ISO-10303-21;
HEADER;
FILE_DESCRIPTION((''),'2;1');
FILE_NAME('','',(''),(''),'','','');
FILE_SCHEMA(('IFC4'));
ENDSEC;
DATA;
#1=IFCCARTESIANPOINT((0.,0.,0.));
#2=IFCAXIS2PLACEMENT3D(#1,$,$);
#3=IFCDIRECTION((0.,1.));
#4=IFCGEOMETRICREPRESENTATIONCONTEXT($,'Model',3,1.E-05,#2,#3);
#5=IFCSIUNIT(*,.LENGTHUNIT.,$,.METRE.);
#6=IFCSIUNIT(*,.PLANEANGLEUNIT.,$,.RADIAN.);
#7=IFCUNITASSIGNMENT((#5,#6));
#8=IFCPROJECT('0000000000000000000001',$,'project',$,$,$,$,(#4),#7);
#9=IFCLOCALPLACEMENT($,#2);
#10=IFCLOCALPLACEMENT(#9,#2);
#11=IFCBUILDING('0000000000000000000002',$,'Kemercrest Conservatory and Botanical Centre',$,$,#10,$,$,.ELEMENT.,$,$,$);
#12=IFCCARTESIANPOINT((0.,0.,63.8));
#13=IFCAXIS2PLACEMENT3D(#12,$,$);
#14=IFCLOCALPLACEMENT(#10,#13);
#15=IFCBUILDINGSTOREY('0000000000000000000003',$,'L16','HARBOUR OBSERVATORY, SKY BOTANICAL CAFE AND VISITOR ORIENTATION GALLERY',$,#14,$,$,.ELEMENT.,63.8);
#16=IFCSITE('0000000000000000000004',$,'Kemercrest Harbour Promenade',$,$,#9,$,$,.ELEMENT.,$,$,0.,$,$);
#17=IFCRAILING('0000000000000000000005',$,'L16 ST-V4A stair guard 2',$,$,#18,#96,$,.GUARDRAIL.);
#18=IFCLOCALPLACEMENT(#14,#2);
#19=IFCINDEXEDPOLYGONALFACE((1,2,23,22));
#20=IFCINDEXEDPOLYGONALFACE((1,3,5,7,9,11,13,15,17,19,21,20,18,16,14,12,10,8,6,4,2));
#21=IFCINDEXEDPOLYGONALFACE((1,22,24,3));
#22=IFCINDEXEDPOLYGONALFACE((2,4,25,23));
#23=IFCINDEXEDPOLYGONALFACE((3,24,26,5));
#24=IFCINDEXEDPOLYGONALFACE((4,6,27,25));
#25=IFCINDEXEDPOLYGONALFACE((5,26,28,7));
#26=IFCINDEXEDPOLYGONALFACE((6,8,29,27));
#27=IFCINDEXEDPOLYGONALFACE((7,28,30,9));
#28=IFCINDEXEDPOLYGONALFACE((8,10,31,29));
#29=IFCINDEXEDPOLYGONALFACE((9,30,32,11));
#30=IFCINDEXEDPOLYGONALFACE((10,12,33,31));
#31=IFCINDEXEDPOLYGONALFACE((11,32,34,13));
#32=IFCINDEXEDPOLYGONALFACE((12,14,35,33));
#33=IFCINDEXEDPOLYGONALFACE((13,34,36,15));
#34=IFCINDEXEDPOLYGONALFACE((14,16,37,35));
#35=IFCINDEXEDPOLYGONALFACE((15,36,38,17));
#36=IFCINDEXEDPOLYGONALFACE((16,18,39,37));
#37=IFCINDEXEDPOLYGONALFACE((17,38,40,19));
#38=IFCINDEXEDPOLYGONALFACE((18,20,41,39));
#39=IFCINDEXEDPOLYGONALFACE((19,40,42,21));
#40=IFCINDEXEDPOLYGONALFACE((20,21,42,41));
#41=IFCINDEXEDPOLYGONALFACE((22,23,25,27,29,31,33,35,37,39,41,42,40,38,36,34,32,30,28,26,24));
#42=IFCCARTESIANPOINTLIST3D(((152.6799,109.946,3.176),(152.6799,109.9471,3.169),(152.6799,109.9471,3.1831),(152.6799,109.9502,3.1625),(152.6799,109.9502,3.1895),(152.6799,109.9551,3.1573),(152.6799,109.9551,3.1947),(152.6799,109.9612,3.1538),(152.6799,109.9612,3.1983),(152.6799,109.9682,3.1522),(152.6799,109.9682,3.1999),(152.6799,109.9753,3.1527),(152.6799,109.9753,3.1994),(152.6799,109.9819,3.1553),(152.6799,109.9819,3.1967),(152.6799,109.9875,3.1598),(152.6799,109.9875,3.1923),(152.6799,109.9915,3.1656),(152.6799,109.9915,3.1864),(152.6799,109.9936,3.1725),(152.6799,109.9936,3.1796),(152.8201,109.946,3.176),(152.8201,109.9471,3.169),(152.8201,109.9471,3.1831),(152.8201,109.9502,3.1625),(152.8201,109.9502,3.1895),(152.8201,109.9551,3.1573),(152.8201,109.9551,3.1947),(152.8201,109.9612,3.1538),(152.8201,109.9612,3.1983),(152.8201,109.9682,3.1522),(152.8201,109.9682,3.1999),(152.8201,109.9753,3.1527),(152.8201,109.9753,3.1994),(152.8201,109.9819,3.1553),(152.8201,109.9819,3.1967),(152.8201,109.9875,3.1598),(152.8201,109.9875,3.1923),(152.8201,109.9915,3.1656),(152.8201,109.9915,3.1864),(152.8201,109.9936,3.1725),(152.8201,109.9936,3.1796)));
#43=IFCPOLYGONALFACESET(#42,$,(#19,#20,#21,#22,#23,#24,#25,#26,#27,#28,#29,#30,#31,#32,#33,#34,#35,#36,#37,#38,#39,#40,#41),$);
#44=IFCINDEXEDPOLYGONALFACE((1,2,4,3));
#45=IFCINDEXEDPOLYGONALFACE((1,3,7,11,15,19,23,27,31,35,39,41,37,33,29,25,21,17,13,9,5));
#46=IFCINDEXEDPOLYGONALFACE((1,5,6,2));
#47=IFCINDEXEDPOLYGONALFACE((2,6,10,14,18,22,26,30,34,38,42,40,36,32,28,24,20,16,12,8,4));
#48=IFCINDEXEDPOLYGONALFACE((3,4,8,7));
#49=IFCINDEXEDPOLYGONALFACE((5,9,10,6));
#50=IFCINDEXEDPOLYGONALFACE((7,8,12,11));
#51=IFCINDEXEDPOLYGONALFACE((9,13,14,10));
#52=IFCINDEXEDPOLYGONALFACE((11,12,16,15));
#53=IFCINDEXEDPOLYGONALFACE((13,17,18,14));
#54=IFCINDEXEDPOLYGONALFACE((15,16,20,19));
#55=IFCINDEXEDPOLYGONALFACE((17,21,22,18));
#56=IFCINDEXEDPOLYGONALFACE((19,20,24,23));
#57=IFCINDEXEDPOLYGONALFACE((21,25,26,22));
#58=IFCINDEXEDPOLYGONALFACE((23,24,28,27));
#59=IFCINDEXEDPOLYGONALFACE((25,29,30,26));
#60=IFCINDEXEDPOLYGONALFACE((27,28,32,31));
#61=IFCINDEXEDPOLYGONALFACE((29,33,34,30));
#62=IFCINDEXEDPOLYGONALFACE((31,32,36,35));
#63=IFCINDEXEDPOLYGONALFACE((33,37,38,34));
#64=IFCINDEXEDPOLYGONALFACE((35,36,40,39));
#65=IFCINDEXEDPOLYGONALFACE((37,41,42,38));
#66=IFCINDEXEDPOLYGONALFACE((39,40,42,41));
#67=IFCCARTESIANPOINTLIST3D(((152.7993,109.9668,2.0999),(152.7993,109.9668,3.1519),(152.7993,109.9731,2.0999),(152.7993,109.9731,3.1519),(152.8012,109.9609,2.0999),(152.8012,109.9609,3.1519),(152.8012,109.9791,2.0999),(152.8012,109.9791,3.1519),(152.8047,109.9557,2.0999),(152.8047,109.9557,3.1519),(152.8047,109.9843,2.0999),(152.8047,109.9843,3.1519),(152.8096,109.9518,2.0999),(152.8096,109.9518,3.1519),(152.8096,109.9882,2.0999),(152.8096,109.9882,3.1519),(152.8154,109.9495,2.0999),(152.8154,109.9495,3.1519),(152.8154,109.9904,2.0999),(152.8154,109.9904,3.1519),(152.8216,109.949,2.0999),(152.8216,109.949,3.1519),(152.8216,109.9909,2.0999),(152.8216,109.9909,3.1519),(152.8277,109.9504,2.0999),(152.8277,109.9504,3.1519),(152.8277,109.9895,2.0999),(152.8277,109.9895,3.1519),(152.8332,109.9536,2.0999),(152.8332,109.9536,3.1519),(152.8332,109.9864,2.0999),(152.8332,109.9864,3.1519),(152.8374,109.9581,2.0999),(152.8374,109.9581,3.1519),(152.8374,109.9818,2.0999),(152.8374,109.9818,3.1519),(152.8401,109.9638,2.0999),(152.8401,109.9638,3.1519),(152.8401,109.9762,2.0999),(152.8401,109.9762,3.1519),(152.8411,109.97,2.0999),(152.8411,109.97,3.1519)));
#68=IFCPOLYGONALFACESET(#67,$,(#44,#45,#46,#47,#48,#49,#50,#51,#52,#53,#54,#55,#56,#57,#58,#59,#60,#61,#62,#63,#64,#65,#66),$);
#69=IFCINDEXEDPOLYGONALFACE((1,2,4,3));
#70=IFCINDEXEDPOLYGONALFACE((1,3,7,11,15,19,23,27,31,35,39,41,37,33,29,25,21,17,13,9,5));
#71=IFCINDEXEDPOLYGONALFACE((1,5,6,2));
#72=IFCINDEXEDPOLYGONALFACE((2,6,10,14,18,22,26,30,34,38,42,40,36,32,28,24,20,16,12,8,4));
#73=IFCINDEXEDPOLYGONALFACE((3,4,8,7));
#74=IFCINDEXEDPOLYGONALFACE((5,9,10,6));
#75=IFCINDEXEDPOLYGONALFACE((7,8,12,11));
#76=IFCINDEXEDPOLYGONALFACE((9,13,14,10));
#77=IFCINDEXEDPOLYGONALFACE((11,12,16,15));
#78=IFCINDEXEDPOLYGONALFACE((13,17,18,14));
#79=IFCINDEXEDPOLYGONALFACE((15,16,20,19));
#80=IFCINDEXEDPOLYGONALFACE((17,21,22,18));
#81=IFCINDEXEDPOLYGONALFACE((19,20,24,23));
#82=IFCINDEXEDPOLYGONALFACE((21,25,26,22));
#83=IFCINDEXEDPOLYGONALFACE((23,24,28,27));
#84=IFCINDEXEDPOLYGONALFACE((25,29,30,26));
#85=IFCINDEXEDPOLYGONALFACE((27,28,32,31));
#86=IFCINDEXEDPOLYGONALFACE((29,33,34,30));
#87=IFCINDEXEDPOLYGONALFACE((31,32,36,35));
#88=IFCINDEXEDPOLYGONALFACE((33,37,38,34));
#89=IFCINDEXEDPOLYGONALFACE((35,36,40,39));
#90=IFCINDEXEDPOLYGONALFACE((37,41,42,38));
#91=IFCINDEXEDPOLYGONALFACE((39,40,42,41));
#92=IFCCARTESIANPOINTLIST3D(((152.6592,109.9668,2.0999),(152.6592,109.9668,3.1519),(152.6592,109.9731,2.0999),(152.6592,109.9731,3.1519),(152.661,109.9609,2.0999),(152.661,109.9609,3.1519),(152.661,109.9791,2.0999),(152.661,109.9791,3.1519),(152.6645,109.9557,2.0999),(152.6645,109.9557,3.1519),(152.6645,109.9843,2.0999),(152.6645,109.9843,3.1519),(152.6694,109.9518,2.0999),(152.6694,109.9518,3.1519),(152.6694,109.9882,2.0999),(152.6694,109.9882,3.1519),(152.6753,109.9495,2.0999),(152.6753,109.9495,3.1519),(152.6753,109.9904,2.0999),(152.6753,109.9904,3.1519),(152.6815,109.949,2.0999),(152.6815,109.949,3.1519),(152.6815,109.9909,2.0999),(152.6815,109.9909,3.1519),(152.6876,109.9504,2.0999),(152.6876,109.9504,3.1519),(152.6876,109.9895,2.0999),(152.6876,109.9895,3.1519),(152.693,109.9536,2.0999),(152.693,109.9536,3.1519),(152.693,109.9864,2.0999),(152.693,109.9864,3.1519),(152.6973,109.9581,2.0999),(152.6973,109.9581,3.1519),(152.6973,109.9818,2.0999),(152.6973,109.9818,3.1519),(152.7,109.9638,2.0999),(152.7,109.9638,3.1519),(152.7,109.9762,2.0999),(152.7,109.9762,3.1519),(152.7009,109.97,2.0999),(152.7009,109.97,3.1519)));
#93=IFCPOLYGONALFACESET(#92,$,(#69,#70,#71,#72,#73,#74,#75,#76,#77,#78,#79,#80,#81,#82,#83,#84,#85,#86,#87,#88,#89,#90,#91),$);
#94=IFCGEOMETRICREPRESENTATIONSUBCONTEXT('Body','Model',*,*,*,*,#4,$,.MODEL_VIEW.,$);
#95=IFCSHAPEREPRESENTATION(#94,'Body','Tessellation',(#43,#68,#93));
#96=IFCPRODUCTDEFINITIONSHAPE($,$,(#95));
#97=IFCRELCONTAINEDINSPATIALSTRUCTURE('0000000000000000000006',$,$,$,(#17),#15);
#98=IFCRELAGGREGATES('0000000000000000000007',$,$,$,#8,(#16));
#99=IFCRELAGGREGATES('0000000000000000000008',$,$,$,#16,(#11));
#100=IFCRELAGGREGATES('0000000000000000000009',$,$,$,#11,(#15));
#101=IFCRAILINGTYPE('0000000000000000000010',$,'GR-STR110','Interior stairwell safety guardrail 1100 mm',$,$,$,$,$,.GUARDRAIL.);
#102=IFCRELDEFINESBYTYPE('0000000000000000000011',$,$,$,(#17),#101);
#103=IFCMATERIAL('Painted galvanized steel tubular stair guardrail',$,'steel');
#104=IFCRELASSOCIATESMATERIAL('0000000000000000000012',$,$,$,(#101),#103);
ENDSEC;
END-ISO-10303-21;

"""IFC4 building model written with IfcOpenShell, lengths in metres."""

from ifc_helpers import new_model, si_unit, direction, frame, origin, origin_2d, place, context, subcontext, project, spatial, circle, extrude, material, type_object, element, save


model = new_model("IFC4")

# Units and contexts
model_context = context("Model", 3, precision=1e-05, world=origin(), true_north=direction((0.0, 1.0)))
body_context = subcontext(model_context, "Body", "Model", "MODEL_VIEW")
ifc_project = project(units=[si_unit("LENGTHUNIT", "METRE"), si_unit("PLANEANGLEUNIT", "RADIAN")], contexts=[model_context])

# Site, building, storey
site_placement = place(None, origin())
site = spatial("IfcSite", under=ifc_project, at=site_placement, Name="Kemercrest Harbour Promenade", CompositionType="ELEMENT", RefElevation=0.0)
building_placement = place(site_placement, origin())
building = spatial("IfcBuilding", under=site, at=building_placement, Name="Kemercrest Conservatory and Botanical Centre", CompositionType="ELEMENT")
storey_placement = place(building_placement, frame((0.0, 0.0, 63.8)))
storey = spatial("IfcBuildingStorey", under=building, at=storey_placement, Name="L16", Description="HARBOUR OBSERVATORY, SKY BOTANICAL CAFE AND VISITOR ORIENTATION GALLERY", CompositionType="ELEMENT", Elevation=63.8)

# Railing
ifc_material_1 = material(Name="Painted galvanized steel tubular stair guardrail", Category="steel")
railing_type_1 = type_object("IfcRailingType", Name="GR-STR110", Description="Interior stairwell safety guardrail 1100 mm", PredefinedType="GUARDRAIL", material=ifc_material_1)
railing_1_placement = place(storey_placement, frame((152.8201, 109.97, 2.0999)))
element("IfcRailing", 1, at=railing_1_placement, inside=storey, type_object=railing_type_1, Name="L16 ST-V4A stair guard 2", PredefinedType="GUARDRAIL", context=body_context, shape_type="SweptSolid", body=[
    extrude(circle(Radius=0.0239, at=origin_2d()), frame((0.0, 0.0, 1.0762), z_axis=(-1.0, 0.0, 0.0), x_axis=(0.0, -1.0, 0.0)), (0.0, 0.0, 1.0), 0.1401),
    extrude(circle(Radius=0.021, at=origin_2d()), origin(), (0.0, 0.0, 1.0), 1.052),
    extrude(circle(Radius=0.021, at=origin_2d()), frame((-0.1401, 0.0, 0.0)), (0.0, 0.0, 1.0), 1.052),
])

save(model, "model.ifc")
